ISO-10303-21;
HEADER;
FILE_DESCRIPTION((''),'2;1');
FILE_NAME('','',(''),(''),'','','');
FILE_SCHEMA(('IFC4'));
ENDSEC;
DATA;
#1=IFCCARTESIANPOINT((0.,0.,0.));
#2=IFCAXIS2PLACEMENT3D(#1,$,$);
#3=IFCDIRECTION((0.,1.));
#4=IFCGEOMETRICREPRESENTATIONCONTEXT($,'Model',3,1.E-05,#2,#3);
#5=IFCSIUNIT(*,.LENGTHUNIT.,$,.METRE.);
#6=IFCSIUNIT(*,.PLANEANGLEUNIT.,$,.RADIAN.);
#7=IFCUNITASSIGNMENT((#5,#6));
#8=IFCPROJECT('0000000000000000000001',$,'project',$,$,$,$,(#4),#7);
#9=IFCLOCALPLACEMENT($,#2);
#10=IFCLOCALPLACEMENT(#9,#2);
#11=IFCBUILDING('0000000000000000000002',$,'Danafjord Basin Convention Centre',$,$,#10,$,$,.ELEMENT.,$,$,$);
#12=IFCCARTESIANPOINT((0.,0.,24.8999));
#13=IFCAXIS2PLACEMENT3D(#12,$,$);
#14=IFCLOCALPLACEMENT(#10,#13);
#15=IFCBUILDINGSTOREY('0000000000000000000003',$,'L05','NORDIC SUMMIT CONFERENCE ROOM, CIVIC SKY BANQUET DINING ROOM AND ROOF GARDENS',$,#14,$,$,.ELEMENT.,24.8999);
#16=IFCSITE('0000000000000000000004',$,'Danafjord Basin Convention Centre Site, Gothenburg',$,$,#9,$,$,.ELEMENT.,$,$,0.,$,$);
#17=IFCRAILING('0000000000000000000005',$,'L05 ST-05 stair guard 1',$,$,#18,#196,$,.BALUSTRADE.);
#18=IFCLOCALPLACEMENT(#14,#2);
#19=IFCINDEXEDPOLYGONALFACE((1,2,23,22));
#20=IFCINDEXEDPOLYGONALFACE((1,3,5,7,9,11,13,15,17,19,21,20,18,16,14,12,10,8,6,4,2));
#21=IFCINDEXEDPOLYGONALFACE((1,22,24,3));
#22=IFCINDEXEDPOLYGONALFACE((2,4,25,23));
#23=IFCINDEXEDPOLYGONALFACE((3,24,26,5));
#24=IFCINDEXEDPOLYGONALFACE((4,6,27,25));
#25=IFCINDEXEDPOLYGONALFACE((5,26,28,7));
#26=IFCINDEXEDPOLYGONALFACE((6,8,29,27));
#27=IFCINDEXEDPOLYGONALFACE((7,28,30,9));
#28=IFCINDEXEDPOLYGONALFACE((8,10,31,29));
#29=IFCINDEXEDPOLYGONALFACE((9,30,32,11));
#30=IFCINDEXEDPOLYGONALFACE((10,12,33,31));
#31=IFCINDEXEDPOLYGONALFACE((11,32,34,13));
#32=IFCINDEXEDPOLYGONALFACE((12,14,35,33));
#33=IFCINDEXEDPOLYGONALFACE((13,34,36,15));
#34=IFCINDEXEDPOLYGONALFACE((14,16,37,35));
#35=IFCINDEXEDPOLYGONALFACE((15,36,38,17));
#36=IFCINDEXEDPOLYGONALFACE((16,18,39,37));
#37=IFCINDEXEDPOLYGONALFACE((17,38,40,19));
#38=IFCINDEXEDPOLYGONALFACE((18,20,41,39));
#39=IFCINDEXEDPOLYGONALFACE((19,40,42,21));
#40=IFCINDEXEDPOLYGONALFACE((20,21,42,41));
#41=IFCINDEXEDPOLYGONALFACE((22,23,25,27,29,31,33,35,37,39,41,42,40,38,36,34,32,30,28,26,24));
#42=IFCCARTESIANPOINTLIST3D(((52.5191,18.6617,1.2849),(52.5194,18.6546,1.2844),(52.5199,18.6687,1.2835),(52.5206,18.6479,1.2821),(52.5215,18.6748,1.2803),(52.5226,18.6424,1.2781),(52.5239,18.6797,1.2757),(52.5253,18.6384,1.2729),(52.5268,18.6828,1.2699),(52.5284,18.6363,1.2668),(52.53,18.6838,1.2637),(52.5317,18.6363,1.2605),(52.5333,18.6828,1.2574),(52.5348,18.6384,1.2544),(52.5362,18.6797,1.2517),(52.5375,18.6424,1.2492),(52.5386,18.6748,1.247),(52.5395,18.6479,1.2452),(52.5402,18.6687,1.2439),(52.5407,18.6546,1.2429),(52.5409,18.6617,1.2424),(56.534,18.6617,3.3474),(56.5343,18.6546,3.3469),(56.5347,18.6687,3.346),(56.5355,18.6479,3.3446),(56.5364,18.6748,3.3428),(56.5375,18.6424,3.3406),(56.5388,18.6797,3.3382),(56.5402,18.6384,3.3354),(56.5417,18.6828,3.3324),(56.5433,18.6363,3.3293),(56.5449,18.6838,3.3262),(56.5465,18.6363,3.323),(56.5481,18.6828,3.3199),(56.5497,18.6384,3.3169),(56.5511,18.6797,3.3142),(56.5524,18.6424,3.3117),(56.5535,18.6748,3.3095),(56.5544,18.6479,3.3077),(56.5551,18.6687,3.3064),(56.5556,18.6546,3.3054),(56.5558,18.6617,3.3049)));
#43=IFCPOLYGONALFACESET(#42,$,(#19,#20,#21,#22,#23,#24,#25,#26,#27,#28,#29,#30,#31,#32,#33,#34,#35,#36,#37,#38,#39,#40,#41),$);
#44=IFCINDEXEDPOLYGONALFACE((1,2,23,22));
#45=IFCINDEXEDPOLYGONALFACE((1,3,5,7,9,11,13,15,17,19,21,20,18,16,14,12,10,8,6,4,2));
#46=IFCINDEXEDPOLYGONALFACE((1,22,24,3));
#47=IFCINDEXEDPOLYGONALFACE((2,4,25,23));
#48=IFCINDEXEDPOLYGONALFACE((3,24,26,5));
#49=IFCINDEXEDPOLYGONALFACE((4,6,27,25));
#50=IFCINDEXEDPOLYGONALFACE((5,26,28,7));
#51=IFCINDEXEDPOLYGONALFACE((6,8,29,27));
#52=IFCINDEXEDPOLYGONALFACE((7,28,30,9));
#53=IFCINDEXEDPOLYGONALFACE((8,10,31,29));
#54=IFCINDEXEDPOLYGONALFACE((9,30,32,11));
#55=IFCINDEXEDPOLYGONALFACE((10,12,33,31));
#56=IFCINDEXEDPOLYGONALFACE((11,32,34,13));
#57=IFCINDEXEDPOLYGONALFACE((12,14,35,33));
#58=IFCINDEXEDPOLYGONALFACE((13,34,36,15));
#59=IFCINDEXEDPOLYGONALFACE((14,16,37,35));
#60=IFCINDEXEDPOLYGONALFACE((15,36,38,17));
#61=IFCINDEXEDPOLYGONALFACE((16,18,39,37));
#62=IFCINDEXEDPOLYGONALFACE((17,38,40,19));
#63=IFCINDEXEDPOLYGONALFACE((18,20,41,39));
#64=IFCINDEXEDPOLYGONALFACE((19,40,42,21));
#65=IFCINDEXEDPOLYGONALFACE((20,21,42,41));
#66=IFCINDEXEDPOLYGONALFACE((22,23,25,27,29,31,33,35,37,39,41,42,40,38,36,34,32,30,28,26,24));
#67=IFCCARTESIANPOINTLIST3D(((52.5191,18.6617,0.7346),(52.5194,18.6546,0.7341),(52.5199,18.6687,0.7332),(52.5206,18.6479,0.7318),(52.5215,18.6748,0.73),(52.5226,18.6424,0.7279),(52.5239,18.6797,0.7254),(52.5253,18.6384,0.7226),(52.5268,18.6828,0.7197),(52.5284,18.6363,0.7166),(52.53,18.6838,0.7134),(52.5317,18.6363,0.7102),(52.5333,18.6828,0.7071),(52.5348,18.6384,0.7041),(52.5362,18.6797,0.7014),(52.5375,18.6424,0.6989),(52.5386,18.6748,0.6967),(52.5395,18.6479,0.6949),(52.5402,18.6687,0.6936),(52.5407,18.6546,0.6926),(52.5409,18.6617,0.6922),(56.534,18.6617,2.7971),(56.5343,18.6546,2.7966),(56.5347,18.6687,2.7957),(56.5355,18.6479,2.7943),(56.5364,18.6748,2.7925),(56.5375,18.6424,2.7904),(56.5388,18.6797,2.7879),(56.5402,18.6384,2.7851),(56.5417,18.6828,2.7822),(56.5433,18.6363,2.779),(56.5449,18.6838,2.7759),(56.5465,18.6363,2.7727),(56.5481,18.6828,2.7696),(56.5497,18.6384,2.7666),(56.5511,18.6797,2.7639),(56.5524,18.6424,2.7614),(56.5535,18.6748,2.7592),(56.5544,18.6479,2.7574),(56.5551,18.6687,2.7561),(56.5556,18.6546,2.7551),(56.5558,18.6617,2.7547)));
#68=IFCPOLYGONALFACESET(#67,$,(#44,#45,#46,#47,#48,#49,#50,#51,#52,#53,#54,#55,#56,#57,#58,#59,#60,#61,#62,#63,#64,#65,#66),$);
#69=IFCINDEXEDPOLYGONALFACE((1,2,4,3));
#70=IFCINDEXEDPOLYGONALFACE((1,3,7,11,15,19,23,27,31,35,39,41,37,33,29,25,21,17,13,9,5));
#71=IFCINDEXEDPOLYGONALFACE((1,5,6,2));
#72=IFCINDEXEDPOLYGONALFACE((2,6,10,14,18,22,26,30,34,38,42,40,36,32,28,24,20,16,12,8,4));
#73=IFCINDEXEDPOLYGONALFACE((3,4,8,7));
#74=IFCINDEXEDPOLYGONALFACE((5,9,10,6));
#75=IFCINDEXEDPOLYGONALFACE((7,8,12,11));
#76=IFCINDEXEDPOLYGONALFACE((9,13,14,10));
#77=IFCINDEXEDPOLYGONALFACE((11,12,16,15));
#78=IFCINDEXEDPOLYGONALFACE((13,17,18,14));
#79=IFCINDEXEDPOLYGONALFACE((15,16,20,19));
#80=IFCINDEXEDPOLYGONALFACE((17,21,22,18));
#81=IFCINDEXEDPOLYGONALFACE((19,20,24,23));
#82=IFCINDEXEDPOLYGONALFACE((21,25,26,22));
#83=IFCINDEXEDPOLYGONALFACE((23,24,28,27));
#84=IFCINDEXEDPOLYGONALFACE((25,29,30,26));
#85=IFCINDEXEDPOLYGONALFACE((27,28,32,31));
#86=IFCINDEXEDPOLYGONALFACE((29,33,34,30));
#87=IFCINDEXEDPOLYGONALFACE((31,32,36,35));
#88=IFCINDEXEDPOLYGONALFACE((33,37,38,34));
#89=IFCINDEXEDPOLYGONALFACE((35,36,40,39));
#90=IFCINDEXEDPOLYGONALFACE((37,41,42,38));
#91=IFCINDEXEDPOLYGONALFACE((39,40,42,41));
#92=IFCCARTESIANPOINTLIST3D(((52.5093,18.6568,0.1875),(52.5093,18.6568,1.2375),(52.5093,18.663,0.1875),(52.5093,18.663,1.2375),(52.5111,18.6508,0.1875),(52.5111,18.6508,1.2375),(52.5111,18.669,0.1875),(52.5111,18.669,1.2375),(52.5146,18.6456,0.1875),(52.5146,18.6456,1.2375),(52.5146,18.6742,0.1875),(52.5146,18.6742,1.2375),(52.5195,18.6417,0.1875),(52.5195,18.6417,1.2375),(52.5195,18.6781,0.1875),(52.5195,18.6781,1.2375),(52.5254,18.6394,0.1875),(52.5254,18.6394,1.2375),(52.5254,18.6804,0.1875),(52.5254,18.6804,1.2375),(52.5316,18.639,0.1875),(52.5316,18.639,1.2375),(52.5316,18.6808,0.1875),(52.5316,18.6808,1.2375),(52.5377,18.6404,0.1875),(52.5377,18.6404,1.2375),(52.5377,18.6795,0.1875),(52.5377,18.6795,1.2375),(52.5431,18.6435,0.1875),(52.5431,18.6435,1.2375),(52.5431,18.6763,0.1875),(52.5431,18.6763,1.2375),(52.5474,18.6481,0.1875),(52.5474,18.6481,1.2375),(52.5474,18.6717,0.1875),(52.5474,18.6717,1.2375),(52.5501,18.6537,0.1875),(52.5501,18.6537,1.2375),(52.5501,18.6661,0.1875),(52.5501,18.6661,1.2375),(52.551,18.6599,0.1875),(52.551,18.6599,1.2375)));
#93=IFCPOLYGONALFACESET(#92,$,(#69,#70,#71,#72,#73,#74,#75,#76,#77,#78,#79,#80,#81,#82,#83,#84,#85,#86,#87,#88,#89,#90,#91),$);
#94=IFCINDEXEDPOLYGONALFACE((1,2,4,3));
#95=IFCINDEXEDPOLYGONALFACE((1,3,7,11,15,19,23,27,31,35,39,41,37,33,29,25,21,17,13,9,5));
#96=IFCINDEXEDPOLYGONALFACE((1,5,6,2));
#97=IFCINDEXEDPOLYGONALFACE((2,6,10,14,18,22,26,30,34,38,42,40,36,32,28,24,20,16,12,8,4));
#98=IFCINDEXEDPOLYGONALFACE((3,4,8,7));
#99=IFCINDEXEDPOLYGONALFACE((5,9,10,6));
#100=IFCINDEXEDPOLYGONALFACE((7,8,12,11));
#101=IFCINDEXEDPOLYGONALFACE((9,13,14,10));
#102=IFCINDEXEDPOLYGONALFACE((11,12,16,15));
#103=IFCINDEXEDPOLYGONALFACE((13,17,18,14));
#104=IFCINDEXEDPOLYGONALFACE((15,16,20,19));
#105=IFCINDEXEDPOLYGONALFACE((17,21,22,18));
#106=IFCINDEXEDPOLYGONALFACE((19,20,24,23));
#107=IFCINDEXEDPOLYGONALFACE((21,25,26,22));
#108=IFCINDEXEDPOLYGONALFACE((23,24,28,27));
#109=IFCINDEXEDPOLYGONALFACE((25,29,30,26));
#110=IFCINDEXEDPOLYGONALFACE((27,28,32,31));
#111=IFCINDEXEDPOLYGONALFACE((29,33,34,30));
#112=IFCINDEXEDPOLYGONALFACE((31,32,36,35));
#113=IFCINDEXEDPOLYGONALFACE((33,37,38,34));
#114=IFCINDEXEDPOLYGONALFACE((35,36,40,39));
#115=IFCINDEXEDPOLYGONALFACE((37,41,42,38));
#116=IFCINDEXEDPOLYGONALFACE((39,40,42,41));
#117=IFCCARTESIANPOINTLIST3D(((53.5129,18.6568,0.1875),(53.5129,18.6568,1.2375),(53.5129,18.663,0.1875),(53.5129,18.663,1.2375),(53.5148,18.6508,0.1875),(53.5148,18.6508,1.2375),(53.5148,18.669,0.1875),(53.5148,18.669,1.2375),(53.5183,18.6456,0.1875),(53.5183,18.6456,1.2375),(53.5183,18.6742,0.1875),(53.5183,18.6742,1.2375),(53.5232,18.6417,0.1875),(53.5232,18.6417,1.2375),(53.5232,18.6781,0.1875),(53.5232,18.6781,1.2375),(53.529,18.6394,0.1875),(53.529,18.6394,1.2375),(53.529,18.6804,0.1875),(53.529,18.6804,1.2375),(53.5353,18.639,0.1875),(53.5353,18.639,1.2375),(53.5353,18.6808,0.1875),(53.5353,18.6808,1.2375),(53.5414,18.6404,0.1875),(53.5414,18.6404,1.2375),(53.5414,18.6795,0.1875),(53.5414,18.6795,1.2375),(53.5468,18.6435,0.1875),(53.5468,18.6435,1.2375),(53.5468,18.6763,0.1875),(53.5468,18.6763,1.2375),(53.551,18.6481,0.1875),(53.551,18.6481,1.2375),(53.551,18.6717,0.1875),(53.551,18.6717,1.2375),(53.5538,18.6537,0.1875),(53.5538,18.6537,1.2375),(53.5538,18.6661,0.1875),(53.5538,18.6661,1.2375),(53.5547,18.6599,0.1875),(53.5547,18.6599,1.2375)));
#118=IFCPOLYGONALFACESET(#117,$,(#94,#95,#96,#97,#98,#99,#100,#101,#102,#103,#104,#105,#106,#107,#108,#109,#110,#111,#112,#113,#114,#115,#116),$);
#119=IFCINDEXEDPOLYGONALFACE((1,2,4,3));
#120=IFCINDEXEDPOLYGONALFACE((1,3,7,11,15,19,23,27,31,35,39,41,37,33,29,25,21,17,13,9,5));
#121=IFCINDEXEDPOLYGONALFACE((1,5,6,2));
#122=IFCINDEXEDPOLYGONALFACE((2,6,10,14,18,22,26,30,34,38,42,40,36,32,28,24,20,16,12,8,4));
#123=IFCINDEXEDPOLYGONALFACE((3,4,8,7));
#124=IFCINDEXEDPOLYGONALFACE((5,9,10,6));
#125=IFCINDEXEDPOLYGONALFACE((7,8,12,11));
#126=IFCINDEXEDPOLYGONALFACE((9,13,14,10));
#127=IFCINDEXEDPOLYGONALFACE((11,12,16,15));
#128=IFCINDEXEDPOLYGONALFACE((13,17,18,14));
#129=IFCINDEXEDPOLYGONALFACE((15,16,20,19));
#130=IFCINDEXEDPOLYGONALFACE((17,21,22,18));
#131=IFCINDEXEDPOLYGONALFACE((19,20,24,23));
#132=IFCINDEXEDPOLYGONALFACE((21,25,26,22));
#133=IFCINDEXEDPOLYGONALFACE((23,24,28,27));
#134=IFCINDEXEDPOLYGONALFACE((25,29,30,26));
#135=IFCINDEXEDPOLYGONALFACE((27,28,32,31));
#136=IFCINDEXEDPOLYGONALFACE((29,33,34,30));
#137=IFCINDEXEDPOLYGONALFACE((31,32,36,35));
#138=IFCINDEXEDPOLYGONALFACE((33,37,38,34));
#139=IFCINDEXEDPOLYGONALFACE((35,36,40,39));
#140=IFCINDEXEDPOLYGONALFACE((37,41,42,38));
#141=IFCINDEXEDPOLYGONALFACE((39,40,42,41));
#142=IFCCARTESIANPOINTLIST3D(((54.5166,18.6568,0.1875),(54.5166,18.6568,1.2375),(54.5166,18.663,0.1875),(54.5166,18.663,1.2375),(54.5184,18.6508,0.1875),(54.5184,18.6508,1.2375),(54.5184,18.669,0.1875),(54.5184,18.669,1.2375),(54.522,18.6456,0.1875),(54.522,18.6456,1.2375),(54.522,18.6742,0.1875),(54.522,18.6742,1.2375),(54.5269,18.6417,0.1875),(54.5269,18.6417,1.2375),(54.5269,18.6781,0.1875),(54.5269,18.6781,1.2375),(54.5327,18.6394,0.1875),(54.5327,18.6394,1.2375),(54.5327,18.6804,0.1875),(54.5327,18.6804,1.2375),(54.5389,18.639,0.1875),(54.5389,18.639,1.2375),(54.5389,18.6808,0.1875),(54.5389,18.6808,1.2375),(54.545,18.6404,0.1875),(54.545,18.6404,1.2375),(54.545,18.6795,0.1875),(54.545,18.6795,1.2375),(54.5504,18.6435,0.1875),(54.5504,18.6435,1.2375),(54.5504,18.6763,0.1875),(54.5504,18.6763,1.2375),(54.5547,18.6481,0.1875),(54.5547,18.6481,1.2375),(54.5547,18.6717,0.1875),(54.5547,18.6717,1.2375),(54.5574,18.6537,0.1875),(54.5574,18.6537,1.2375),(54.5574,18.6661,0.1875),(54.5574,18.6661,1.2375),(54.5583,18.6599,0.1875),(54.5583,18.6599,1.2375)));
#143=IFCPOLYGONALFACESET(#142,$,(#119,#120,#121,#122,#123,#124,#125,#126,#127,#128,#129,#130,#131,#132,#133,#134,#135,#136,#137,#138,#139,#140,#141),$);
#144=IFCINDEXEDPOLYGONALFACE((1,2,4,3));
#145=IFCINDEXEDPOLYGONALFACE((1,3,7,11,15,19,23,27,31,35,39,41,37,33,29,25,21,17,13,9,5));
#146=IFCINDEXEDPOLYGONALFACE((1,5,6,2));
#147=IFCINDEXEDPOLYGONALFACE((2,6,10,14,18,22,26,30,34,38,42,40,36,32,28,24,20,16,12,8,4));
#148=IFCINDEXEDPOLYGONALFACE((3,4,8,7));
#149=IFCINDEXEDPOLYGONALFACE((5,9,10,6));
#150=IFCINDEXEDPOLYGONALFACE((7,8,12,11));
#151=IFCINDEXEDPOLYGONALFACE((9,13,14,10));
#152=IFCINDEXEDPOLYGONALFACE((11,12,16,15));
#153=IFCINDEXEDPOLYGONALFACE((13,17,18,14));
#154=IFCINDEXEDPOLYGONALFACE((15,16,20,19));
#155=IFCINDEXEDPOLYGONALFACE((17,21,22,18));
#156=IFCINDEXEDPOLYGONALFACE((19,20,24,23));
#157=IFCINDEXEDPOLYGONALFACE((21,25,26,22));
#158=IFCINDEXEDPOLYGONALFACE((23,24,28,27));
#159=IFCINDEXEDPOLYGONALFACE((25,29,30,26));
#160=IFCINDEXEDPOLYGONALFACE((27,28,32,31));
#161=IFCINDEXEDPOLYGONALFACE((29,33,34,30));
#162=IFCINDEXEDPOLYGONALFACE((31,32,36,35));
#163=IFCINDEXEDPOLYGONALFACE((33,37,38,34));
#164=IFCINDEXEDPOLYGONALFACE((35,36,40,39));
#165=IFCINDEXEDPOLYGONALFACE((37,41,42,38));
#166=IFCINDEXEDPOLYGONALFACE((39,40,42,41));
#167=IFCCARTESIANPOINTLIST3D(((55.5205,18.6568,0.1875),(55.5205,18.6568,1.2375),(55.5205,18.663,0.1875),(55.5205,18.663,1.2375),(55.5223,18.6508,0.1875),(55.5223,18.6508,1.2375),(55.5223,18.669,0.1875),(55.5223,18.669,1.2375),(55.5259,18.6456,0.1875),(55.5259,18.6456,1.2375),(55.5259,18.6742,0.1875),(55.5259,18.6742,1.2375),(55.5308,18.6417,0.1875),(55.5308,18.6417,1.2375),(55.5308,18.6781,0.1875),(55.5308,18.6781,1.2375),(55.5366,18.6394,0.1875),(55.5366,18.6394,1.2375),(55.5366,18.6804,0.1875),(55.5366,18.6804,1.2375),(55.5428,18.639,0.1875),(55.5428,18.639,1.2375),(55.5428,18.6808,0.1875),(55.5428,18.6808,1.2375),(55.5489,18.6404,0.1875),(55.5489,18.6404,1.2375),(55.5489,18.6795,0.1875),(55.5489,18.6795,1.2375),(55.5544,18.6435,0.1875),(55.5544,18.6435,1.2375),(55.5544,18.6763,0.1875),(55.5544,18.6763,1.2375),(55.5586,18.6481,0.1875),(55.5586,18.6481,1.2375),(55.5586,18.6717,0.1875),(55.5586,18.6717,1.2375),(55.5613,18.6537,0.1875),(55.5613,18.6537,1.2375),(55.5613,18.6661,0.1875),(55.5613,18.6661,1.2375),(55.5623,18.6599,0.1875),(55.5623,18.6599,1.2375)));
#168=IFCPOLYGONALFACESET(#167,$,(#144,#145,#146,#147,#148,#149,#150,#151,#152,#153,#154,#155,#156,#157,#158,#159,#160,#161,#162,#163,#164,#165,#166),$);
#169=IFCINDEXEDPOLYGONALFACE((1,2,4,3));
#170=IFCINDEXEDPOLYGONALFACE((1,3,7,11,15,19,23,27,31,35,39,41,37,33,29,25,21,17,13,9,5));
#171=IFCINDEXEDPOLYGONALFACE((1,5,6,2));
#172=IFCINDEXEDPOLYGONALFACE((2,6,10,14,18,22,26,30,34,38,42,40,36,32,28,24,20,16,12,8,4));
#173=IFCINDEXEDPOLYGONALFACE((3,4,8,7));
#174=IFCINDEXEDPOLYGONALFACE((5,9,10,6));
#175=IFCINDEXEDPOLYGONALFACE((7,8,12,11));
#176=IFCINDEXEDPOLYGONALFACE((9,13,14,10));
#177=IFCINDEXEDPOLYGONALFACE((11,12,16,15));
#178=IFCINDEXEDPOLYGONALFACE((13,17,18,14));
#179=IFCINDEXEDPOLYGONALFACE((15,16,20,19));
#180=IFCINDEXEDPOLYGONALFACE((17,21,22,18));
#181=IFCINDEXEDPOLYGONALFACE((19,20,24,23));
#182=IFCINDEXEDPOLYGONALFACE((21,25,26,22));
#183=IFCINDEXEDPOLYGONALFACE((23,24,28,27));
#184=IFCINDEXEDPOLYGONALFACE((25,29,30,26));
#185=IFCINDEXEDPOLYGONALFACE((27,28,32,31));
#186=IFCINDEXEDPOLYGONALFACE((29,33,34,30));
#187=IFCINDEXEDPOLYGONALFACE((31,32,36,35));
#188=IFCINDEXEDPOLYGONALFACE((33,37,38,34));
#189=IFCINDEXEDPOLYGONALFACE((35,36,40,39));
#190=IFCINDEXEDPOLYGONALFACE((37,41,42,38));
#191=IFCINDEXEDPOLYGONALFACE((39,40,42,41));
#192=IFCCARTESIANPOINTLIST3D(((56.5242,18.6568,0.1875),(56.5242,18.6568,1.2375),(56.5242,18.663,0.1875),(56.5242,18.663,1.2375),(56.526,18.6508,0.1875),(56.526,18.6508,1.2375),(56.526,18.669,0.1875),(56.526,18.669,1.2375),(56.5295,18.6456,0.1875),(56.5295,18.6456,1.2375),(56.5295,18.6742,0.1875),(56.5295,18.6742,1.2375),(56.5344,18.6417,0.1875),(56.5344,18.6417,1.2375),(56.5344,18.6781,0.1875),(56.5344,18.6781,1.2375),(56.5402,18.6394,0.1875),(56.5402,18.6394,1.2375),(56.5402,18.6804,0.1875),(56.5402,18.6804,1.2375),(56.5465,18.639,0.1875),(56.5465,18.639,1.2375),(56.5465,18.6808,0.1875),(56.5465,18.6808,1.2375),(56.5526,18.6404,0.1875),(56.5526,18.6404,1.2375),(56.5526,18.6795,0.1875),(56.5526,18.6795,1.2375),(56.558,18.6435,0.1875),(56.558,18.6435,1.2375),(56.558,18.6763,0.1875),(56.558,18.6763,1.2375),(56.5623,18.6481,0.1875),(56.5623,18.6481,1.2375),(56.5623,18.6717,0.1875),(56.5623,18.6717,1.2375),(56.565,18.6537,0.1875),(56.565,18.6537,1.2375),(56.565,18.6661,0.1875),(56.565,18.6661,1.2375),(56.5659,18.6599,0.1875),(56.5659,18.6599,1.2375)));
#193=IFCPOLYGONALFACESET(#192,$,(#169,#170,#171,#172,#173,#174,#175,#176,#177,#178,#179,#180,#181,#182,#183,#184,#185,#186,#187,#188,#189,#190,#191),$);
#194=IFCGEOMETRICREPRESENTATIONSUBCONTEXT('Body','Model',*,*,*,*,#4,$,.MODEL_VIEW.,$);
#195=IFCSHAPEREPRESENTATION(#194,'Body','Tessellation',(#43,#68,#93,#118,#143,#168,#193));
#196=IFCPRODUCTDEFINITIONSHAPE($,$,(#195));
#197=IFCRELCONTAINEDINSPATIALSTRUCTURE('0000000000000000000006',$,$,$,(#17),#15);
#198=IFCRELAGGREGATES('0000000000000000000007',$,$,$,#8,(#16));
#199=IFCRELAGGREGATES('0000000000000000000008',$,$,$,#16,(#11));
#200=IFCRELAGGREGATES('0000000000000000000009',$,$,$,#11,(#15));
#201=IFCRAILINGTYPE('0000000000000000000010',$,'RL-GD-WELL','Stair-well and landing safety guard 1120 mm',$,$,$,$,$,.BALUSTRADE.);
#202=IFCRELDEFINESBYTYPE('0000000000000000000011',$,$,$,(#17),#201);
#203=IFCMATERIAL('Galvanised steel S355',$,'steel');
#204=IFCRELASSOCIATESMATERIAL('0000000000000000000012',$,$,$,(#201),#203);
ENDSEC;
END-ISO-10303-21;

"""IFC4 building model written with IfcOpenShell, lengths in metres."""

from ifc_helpers import new_model, si_unit, direction, frame, origin, origin_2d, place, context, subcontext, project, spatial, circle, extrude, material, type_object, element, save


model = new_model("IFC4")

# Units and contexts
model_context = context("Model", 3, precision=1e-05, world=origin(), true_north=direction((0.0, 1.0)))
body_context = subcontext(model_context, "Body", "Model", "MODEL_VIEW")
ifc_project = project(units=[si_unit("LENGTHUNIT", "METRE"), si_unit("PLANEANGLEUNIT", "RADIAN")], contexts=[model_context])

# Site, building, storey
site_placement = place(None, origin())
site = spatial("IfcSite", under=ifc_project, at=site_placement, Name="Danafjord Basin Convention Centre Site, Gothenburg", CompositionType="ELEMENT", RefElevation=0.0)
building_placement = place(site_placement, origin())
building = spatial("IfcBuilding", under=site, at=building_placement, Name="Danafjord Basin Convention Centre", CompositionType="ELEMENT")
storey_placement = place(building_placement, frame((0.0, 0.0, 24.8999)))
storey = spatial("IfcBuildingStorey", under=building, at=storey_placement, Name="L05", Description="NORDIC SUMMIT CONFERENCE ROOM, CIVIC SKY BANQUET DINING ROOM AND ROOF GARDENS", CompositionType="ELEMENT", Elevation=24.8999)

# Railing
ifc_material_1 = material(Name="Galvanised steel S355", Category="steel")
railing_type_1 = type_object("IfcRailingType", Name="RL-GD-WELL", Description="Stair-well and landing safety guard 1120 mm", PredefinedType="BALUSTRADE", material=ifc_material_1)
railing_1_placement = place(storey_placement, frame((52.53, 18.6599, 0.1875)))
element("IfcRailing", 1, at=railing_1_placement, inside=storey, type_object=railing_type_1, Name="L05 ST-05 stair guard 1", PredefinedType="BALUSTRADE", context=body_context, shape_type="SweptSolid", body=[
    extrude(circle(Radius=0.0239, at=origin_2d()), frame((0.0, 0.0, 1.0762), z_axis=(0.889495, 0.0, 0.456945), x_axis=(0.0, 1.0, 0.0)), (0.0, 0.0, 1.0), 4.5137),
    extrude(circle(Radius=0.0239, at=origin_2d()), frame((0.0, 0.0, 0.5259), z_axis=(0.889495, 0.0, 0.456945), x_axis=(0.0, 1.0, 0.0)), (0.0, 0.0, 1.0), 4.5137),
    extrude(circle(Radius=0.021, at=origin_2d()), origin(), (0.0, 0.0, 1.0), 1.05),
    extrude(circle(Radius=0.021, at=origin_2d()), frame((1.0037, 0.0, 0.0)), (0.0, 0.0, 1.0), 1.05),
    extrude(circle(Radius=0.021, at=origin_2d()), frame((2.0073, 0.0, 0.0)), (0.0, 0.0, 1.0), 1.05),
    extrude(circle(Radius=0.021, at=origin_2d()), frame((3.0112, 0.0, 0.0)), (0.0, 0.0, 1.0), 1.05),
    extrude(circle(Radius=0.021, at=origin_2d()), frame((4.0149, 0.0, 0.0)), (0.0, 0.0, 1.0), 1.05),
])

save(model, "model.ifc")
